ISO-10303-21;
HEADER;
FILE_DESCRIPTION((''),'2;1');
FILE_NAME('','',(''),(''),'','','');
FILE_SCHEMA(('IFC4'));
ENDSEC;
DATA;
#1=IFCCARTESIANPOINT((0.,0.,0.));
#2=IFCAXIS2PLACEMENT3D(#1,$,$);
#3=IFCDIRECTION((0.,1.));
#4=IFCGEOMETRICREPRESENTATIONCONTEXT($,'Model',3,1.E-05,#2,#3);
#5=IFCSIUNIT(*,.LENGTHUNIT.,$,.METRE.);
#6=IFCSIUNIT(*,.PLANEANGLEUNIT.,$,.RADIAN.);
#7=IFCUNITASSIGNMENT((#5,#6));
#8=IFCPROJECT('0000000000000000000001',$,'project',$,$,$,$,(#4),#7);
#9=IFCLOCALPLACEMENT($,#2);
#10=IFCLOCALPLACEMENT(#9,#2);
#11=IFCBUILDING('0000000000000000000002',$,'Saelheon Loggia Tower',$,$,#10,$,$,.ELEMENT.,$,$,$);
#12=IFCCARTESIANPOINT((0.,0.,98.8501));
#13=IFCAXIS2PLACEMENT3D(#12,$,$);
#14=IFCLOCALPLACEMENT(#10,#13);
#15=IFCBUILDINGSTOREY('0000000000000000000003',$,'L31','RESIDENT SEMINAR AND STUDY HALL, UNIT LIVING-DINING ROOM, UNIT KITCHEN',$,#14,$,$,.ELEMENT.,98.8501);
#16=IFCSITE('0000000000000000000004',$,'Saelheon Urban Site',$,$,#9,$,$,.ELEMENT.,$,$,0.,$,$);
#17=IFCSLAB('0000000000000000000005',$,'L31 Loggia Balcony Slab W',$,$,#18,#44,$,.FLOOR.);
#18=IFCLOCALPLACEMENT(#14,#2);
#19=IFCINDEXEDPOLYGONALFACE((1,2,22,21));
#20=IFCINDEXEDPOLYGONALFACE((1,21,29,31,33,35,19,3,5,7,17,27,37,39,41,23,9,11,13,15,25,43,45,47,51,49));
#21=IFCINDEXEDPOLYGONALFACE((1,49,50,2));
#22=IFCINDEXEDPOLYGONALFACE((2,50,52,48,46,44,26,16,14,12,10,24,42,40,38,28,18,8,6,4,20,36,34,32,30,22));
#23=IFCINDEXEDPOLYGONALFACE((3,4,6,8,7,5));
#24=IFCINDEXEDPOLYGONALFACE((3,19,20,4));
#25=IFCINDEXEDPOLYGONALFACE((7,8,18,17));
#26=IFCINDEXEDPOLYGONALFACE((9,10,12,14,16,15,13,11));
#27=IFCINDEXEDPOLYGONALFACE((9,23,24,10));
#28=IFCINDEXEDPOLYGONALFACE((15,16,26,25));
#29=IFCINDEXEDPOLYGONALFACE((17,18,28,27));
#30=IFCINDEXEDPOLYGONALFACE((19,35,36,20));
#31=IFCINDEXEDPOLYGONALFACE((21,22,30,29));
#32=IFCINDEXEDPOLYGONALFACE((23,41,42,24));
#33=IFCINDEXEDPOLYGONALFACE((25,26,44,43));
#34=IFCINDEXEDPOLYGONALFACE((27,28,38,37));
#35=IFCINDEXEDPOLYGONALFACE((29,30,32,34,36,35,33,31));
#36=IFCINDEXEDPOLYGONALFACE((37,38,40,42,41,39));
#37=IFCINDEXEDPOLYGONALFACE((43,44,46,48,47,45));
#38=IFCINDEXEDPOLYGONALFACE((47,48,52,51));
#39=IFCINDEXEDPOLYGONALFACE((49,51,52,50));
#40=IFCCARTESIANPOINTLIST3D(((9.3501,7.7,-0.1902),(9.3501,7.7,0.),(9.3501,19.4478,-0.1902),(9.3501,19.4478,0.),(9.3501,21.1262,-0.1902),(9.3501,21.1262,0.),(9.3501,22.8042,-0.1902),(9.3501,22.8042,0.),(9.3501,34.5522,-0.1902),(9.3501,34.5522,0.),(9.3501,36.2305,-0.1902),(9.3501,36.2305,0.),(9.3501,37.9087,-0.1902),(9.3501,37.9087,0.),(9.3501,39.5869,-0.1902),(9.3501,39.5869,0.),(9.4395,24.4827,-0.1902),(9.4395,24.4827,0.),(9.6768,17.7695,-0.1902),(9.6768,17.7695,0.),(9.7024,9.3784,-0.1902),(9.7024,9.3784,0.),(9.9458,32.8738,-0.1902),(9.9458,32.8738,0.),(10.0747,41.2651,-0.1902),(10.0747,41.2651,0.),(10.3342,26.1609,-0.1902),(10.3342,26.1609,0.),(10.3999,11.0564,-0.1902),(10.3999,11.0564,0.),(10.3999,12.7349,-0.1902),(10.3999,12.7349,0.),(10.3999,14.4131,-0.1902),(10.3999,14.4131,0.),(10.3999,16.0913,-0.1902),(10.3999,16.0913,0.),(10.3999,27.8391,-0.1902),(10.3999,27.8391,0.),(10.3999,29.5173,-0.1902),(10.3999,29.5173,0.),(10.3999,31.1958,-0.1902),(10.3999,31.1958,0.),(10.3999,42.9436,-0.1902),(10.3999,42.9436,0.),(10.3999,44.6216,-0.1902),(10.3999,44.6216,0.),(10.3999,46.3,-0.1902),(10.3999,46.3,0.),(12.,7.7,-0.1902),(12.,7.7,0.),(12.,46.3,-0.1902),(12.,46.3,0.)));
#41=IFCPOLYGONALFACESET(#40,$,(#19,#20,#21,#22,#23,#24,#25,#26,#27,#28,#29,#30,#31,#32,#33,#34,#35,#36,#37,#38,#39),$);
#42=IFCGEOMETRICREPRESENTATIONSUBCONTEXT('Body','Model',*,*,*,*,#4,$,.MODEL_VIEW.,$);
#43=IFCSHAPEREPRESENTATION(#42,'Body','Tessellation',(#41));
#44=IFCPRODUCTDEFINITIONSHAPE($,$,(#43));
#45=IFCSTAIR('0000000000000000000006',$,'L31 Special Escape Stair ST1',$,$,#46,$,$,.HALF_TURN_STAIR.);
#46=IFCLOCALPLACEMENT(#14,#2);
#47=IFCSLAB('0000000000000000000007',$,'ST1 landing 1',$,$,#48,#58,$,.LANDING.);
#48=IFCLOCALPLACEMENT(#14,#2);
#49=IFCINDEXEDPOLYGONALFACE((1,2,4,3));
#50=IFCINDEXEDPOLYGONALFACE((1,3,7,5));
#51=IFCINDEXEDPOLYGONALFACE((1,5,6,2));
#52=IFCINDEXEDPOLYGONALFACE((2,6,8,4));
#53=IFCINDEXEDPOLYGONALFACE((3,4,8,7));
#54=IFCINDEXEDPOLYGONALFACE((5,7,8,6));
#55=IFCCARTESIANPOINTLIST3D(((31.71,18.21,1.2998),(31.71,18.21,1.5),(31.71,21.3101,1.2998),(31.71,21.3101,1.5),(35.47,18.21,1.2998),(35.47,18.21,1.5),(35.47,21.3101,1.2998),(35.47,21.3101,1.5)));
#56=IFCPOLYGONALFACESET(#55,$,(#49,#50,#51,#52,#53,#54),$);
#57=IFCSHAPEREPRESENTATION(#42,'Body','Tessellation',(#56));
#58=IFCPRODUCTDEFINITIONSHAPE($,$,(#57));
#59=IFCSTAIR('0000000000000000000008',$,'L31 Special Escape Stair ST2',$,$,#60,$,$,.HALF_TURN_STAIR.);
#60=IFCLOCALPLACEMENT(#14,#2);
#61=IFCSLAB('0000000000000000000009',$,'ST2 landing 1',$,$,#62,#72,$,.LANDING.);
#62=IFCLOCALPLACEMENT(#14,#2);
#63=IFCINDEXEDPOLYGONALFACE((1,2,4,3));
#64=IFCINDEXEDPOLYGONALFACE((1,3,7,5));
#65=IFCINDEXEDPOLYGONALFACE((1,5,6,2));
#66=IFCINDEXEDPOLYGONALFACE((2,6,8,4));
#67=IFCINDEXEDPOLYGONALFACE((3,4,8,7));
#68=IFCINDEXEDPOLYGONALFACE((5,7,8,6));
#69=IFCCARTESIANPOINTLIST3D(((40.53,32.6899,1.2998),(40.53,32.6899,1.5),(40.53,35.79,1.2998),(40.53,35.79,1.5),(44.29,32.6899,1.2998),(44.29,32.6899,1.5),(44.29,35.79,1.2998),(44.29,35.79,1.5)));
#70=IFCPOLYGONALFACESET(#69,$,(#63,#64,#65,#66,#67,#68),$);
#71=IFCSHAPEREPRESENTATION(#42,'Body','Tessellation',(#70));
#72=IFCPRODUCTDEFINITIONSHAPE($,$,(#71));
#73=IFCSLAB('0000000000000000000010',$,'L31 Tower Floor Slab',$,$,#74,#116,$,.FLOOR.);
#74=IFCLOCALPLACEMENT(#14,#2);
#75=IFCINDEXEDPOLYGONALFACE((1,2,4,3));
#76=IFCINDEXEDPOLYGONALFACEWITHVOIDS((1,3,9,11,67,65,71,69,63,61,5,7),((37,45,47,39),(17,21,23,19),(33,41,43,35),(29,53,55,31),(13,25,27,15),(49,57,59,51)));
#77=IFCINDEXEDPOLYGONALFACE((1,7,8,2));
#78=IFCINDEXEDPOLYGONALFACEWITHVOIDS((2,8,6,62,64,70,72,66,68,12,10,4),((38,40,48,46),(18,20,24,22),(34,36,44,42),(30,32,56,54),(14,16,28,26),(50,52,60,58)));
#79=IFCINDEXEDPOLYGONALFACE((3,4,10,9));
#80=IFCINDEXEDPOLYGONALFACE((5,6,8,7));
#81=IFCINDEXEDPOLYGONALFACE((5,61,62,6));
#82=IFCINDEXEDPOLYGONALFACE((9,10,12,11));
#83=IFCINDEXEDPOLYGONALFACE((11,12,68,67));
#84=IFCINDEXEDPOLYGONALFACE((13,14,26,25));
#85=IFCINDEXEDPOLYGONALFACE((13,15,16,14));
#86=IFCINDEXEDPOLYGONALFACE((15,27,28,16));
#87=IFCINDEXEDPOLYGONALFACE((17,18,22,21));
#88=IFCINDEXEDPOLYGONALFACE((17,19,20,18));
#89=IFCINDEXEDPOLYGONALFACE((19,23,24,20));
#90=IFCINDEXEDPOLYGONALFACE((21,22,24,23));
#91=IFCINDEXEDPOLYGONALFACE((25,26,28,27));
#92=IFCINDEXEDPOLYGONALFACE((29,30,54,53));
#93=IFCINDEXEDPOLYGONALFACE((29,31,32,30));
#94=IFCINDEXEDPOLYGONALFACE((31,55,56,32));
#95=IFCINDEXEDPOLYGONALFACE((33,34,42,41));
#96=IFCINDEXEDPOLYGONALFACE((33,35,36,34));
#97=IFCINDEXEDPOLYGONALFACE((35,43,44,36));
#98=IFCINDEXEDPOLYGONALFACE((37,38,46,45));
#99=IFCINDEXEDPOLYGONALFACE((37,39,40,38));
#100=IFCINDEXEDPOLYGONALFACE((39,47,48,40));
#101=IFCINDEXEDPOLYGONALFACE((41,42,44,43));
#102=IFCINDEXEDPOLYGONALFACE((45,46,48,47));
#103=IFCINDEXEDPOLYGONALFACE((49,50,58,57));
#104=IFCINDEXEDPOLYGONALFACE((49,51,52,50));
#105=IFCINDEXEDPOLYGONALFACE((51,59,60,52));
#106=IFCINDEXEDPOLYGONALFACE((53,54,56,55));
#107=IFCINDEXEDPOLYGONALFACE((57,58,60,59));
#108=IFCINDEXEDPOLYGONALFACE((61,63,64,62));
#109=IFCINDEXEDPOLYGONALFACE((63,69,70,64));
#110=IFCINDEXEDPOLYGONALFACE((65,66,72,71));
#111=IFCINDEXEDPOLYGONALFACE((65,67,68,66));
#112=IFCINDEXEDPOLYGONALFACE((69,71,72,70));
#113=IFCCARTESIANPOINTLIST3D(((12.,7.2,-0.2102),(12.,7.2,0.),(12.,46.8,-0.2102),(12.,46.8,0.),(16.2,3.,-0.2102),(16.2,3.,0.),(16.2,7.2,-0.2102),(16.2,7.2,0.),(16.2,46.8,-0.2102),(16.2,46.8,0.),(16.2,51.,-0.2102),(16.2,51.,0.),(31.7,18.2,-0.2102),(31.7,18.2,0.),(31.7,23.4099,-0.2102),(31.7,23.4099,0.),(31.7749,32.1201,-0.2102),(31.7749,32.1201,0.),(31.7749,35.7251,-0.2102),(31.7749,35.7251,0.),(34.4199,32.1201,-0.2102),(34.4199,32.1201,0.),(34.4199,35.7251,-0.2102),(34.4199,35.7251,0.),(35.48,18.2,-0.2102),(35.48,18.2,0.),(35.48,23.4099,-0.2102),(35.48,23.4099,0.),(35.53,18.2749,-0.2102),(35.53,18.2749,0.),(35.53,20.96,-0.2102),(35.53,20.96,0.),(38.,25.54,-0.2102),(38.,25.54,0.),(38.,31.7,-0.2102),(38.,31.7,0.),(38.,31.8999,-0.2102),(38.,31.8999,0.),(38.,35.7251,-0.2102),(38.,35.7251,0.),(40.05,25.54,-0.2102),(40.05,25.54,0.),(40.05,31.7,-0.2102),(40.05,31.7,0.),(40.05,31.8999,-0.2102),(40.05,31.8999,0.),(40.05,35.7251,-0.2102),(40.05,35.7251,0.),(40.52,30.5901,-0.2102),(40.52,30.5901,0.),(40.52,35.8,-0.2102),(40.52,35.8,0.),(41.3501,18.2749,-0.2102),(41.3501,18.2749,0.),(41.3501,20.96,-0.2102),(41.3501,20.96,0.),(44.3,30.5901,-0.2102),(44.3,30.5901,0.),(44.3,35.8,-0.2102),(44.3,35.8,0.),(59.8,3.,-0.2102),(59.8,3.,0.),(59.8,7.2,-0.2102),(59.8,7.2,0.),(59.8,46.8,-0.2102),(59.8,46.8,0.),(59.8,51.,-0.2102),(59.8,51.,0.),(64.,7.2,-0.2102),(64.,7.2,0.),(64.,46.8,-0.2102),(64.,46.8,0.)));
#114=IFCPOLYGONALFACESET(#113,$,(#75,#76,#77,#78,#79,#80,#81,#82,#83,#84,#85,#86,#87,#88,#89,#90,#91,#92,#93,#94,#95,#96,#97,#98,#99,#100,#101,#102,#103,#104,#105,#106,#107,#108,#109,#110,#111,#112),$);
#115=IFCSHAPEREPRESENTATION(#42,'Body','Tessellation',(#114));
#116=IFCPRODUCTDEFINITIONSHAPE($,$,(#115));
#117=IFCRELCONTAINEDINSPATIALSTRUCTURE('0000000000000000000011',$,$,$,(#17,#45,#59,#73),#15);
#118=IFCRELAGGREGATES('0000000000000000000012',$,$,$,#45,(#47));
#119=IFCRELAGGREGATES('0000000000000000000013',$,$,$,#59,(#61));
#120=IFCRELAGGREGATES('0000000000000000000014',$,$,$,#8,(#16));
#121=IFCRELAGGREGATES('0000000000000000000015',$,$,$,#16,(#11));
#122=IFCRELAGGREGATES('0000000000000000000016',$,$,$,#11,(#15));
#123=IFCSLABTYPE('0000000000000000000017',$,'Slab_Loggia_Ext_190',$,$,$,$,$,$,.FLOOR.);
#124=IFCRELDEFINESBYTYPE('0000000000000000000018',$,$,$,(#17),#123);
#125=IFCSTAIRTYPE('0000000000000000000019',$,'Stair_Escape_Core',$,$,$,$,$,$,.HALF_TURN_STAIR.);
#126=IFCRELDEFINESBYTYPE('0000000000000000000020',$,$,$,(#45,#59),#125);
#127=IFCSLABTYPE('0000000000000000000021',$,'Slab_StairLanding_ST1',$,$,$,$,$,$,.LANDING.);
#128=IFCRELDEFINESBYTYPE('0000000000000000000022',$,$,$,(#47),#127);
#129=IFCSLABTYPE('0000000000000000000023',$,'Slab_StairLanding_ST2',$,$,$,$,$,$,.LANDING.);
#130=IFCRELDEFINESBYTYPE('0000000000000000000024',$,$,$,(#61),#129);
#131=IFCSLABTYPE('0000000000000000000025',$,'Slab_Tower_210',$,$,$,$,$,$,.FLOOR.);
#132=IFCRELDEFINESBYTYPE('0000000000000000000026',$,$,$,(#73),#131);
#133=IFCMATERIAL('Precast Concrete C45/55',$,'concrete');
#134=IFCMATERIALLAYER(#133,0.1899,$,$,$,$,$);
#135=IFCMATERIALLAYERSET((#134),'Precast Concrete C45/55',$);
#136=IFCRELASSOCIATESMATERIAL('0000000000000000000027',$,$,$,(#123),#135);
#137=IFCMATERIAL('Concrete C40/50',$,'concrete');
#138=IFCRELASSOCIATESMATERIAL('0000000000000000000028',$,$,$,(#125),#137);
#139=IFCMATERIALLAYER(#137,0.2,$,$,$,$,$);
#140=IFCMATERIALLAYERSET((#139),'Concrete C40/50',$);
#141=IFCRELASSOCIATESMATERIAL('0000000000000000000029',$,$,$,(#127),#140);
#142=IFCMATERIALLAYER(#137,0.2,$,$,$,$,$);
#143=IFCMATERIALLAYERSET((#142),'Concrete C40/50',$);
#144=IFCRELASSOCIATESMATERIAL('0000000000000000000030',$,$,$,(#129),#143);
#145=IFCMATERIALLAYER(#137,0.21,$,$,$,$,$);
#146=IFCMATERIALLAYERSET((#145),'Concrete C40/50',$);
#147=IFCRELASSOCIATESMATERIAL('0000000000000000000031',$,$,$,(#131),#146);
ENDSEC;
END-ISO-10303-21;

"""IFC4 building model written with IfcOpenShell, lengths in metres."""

from ifc_helpers import new_model, si_unit, direction, frame, origin, place, context, subcontext, project, spatial, polyline, outline, extrude, material, layer, layer_set, type_object, element, aggregate, save


model = new_model("IFC4")

# Units and contexts
model_context = context("Model", 3, precision=1e-05, world=origin(), true_north=direction((0.0, 1.0)))
body_context = subcontext(model_context, "Body", "Model", "MODEL_VIEW")
ifc_project = project(units=[si_unit("LENGTHUNIT", "METRE"), si_unit("PLANEANGLEUNIT", "RADIAN")], contexts=[model_context])

# Site, building, storey
site_placement = place(None, origin())
site = spatial("IfcSite", under=ifc_project, at=site_placement, Name="Saelheon Urban Site", CompositionType="ELEMENT", RefElevation=0.0)
building_placement = place(site_placement, origin())
building = spatial("IfcBuilding", under=site, at=building_placement, Name="Saelheon Loggia Tower", CompositionType="ELEMENT")
storey_placement = place(building_placement, frame((0.0, 0.0, 98.8501)))
storey = spatial("IfcBuildingStorey", under=building, at=storey_placement, Name="L31", Description="RESIDENT SEMINAR AND STUDY HALL, UNIT LIVING-DINING ROOM, UNIT KITCHEN", CompositionType="ELEMENT", Elevation=98.8501)

# Shared definitions
ifc_material_1 = material(Name="Concrete C40/50", Category="concrete")

# Slab
ifc_material_2 = material(Name="Precast Concrete C45/55", Category="concrete")
ifc_layer_1 = layer(ifc_material_2, 0.1899)
ifc_layer_set_1 = layer_set([ifc_layer_1], Name="Precast Concrete C45/55")
slab_type_1 = type_object("IfcSlabType", Name="Slab_Loggia_Ext_190", PredefinedType="FLOOR", material=ifc_layer_set_1)
slab_1_placement = place(storey_placement, frame((0.0, 0.0, -0.1902)))
element("IfcSlab", 1, at=slab_1_placement, inside=storey, type_object=slab_type_1, Name="L31 Loggia Balcony Slab W", PredefinedType="FLOOR", context=body_context, shape_type="SweptSolid", body=[
    extrude(outline(polyline([(12.0, 7.7), (12.0, 46.3), (10.3999, 46.3), (10.3999, 44.6216), (10.3999, 42.9436), (10.0747, 41.2651), (9.3501, 39.5869), (9.3501, 37.9087), (9.3501, 36.2305), (9.3501, 34.5522), (9.9458, 32.8738), (10.3999, 31.1958), (10.3999, 29.5173), (10.3999, 27.8391), (10.3342, 26.1609), (9.4395, 24.4827), (9.3501, 22.8042), (9.3501, 21.1262), (9.3501, 19.4478), (9.6768, 17.7695), (10.3999, 16.0913), (10.3999, 14.4131), (10.3999, 12.7349), (10.3999, 11.0564), (9.7024, 9.3784), (9.3501, 7.7), (12.0, 7.7)])), origin(), (0.0, 0.0, 1.0), 0.1902),
])

# Stairs, slabs
stair_type = type_object("IfcStairType", Name="Stair_Escape_Core", PredefinedType="HALF_TURN_STAIR", material=ifc_material_1)
stair_1_placement = place(storey_placement, origin())
stair_1 = element("IfcStair", 2, at=stair_1_placement, inside=storey, type_object=stair_type, Name="L31 Special Escape Stair ST1", PredefinedType="HALF_TURN_STAIR")
ifc_layer_2 = layer(ifc_material_1, 0.2)
ifc_layer_set_2 = layer_set([ifc_layer_2], Name="Concrete C40/50")
slab_type_2 = type_object("IfcSlabType", Name="Slab_StairLanding_ST1", PredefinedType="LANDING", material=ifc_layer_set_2)
slab_2_placement = place(storey_placement, frame((0.0, 0.0, 1.2998)))
slab_2 = element("IfcSlab", 3, at=slab_2_placement, type_object=slab_type_2, Name="ST1 landing 1", PredefinedType="LANDING", context=body_context, shape_type="SweptSolid", body=[
    extrude(outline(polyline([(31.71, 21.3101), (31.71, 18.21), (35.47, 18.21), (35.47, 21.3101), (31.71, 21.3101)])), origin(), (0.0, 0.0, 1.0), 0.2002),
])
aggregate(stair_1, [slab_2])
stair_2_placement = place(storey_placement, origin())
stair_2 = element("IfcStair", 4, at=stair_2_placement, inside=storey, type_object=stair_type, Name="L31 Special Escape Stair ST2", PredefinedType="HALF_TURN_STAIR")
ifc_layer_3 = layer(ifc_material_1, 0.2)
ifc_layer_set_3 = layer_set([ifc_layer_3], Name="Concrete C40/50")
slab_type_3 = type_object("IfcSlabType", Name="Slab_StairLanding_ST2", PredefinedType="LANDING", material=ifc_layer_set_3)
slab_3_placement = place(storey_placement, frame((0.0, 0.0, 1.2998)))
slab_3 = element("IfcSlab", 5, at=slab_3_placement, type_object=slab_type_3, Name="ST2 landing 1", PredefinedType="LANDING", context=body_context, shape_type="SweptSolid", body=[
    extrude(outline(polyline([(44.29, 32.6899), (44.29, 35.79), (40.53, 35.79), (40.53, 32.6899), (44.29, 32.6899)])), origin(), (0.0, 0.0, 1.0), 0.2002),
])
aggregate(stair_2, [slab_3])

# Slab
ifc_layer_4 = layer(ifc_material_1, 0.21)
ifc_layer_set_4 = layer_set([ifc_layer_4], Name="Concrete C40/50")
slab_type_4 = type_object("IfcSlabType", Name="Slab_Tower_210", PredefinedType="FLOOR", material=ifc_layer_set_4)
slab_4_placement = place(storey_placement, frame((0.0, 0.0, -0.2102)))
element("IfcSlab", 6, at=slab_4_placement, inside=storey, type_object=slab_type_4, Name="L31 Tower Floor Slab", PredefinedType="FLOOR", context=body_context, shape_type="SweptSolid", body=[
    extrude(outline(polyline([(16.2, 3.0), (59.8, 3.0), (59.8, 7.2), (64.0, 7.2), (64.0, 46.8), (59.8, 46.8), (59.8, 51.0), (16.2, 51.0), (16.2, 46.8), (12.0, 46.8), (12.0, 7.2), (16.2, 7.2), (16.2, 3.0)]), holes=[polyline([(31.7, 23.4099), (31.7, 18.2), (35.48, 18.2), (35.48, 23.4099), (31.7, 23.4099)]), polyline([(44.3, 30.5901), (44.3, 35.8), (40.52, 35.8), (40.52, 30.5901), (44.3, 30.5901)]), polyline([(35.53, 18.2749), (41.3501, 18.2749), (41.3501, 20.96), (35.53, 20.96), (35.53, 18.2749)]), polyline([(31.7749, 32.1201), (34.4199, 32.1201), (34.4199, 35.7251), (31.7749, 35.7251), (31.7749, 32.1201)]), polyline([(38.0, 31.8999), (40.05, 31.8999), (40.05, 35.7251), (38.0, 35.7251), (38.0, 31.8999)]), polyline([(38.0, 25.54), (40.05, 25.54), (40.05, 31.7), (38.0, 31.7), (38.0, 25.54)])]), origin(), (0.0, 0.0, 1.0), 0.2102),
])

save(model, "model.ifc")
